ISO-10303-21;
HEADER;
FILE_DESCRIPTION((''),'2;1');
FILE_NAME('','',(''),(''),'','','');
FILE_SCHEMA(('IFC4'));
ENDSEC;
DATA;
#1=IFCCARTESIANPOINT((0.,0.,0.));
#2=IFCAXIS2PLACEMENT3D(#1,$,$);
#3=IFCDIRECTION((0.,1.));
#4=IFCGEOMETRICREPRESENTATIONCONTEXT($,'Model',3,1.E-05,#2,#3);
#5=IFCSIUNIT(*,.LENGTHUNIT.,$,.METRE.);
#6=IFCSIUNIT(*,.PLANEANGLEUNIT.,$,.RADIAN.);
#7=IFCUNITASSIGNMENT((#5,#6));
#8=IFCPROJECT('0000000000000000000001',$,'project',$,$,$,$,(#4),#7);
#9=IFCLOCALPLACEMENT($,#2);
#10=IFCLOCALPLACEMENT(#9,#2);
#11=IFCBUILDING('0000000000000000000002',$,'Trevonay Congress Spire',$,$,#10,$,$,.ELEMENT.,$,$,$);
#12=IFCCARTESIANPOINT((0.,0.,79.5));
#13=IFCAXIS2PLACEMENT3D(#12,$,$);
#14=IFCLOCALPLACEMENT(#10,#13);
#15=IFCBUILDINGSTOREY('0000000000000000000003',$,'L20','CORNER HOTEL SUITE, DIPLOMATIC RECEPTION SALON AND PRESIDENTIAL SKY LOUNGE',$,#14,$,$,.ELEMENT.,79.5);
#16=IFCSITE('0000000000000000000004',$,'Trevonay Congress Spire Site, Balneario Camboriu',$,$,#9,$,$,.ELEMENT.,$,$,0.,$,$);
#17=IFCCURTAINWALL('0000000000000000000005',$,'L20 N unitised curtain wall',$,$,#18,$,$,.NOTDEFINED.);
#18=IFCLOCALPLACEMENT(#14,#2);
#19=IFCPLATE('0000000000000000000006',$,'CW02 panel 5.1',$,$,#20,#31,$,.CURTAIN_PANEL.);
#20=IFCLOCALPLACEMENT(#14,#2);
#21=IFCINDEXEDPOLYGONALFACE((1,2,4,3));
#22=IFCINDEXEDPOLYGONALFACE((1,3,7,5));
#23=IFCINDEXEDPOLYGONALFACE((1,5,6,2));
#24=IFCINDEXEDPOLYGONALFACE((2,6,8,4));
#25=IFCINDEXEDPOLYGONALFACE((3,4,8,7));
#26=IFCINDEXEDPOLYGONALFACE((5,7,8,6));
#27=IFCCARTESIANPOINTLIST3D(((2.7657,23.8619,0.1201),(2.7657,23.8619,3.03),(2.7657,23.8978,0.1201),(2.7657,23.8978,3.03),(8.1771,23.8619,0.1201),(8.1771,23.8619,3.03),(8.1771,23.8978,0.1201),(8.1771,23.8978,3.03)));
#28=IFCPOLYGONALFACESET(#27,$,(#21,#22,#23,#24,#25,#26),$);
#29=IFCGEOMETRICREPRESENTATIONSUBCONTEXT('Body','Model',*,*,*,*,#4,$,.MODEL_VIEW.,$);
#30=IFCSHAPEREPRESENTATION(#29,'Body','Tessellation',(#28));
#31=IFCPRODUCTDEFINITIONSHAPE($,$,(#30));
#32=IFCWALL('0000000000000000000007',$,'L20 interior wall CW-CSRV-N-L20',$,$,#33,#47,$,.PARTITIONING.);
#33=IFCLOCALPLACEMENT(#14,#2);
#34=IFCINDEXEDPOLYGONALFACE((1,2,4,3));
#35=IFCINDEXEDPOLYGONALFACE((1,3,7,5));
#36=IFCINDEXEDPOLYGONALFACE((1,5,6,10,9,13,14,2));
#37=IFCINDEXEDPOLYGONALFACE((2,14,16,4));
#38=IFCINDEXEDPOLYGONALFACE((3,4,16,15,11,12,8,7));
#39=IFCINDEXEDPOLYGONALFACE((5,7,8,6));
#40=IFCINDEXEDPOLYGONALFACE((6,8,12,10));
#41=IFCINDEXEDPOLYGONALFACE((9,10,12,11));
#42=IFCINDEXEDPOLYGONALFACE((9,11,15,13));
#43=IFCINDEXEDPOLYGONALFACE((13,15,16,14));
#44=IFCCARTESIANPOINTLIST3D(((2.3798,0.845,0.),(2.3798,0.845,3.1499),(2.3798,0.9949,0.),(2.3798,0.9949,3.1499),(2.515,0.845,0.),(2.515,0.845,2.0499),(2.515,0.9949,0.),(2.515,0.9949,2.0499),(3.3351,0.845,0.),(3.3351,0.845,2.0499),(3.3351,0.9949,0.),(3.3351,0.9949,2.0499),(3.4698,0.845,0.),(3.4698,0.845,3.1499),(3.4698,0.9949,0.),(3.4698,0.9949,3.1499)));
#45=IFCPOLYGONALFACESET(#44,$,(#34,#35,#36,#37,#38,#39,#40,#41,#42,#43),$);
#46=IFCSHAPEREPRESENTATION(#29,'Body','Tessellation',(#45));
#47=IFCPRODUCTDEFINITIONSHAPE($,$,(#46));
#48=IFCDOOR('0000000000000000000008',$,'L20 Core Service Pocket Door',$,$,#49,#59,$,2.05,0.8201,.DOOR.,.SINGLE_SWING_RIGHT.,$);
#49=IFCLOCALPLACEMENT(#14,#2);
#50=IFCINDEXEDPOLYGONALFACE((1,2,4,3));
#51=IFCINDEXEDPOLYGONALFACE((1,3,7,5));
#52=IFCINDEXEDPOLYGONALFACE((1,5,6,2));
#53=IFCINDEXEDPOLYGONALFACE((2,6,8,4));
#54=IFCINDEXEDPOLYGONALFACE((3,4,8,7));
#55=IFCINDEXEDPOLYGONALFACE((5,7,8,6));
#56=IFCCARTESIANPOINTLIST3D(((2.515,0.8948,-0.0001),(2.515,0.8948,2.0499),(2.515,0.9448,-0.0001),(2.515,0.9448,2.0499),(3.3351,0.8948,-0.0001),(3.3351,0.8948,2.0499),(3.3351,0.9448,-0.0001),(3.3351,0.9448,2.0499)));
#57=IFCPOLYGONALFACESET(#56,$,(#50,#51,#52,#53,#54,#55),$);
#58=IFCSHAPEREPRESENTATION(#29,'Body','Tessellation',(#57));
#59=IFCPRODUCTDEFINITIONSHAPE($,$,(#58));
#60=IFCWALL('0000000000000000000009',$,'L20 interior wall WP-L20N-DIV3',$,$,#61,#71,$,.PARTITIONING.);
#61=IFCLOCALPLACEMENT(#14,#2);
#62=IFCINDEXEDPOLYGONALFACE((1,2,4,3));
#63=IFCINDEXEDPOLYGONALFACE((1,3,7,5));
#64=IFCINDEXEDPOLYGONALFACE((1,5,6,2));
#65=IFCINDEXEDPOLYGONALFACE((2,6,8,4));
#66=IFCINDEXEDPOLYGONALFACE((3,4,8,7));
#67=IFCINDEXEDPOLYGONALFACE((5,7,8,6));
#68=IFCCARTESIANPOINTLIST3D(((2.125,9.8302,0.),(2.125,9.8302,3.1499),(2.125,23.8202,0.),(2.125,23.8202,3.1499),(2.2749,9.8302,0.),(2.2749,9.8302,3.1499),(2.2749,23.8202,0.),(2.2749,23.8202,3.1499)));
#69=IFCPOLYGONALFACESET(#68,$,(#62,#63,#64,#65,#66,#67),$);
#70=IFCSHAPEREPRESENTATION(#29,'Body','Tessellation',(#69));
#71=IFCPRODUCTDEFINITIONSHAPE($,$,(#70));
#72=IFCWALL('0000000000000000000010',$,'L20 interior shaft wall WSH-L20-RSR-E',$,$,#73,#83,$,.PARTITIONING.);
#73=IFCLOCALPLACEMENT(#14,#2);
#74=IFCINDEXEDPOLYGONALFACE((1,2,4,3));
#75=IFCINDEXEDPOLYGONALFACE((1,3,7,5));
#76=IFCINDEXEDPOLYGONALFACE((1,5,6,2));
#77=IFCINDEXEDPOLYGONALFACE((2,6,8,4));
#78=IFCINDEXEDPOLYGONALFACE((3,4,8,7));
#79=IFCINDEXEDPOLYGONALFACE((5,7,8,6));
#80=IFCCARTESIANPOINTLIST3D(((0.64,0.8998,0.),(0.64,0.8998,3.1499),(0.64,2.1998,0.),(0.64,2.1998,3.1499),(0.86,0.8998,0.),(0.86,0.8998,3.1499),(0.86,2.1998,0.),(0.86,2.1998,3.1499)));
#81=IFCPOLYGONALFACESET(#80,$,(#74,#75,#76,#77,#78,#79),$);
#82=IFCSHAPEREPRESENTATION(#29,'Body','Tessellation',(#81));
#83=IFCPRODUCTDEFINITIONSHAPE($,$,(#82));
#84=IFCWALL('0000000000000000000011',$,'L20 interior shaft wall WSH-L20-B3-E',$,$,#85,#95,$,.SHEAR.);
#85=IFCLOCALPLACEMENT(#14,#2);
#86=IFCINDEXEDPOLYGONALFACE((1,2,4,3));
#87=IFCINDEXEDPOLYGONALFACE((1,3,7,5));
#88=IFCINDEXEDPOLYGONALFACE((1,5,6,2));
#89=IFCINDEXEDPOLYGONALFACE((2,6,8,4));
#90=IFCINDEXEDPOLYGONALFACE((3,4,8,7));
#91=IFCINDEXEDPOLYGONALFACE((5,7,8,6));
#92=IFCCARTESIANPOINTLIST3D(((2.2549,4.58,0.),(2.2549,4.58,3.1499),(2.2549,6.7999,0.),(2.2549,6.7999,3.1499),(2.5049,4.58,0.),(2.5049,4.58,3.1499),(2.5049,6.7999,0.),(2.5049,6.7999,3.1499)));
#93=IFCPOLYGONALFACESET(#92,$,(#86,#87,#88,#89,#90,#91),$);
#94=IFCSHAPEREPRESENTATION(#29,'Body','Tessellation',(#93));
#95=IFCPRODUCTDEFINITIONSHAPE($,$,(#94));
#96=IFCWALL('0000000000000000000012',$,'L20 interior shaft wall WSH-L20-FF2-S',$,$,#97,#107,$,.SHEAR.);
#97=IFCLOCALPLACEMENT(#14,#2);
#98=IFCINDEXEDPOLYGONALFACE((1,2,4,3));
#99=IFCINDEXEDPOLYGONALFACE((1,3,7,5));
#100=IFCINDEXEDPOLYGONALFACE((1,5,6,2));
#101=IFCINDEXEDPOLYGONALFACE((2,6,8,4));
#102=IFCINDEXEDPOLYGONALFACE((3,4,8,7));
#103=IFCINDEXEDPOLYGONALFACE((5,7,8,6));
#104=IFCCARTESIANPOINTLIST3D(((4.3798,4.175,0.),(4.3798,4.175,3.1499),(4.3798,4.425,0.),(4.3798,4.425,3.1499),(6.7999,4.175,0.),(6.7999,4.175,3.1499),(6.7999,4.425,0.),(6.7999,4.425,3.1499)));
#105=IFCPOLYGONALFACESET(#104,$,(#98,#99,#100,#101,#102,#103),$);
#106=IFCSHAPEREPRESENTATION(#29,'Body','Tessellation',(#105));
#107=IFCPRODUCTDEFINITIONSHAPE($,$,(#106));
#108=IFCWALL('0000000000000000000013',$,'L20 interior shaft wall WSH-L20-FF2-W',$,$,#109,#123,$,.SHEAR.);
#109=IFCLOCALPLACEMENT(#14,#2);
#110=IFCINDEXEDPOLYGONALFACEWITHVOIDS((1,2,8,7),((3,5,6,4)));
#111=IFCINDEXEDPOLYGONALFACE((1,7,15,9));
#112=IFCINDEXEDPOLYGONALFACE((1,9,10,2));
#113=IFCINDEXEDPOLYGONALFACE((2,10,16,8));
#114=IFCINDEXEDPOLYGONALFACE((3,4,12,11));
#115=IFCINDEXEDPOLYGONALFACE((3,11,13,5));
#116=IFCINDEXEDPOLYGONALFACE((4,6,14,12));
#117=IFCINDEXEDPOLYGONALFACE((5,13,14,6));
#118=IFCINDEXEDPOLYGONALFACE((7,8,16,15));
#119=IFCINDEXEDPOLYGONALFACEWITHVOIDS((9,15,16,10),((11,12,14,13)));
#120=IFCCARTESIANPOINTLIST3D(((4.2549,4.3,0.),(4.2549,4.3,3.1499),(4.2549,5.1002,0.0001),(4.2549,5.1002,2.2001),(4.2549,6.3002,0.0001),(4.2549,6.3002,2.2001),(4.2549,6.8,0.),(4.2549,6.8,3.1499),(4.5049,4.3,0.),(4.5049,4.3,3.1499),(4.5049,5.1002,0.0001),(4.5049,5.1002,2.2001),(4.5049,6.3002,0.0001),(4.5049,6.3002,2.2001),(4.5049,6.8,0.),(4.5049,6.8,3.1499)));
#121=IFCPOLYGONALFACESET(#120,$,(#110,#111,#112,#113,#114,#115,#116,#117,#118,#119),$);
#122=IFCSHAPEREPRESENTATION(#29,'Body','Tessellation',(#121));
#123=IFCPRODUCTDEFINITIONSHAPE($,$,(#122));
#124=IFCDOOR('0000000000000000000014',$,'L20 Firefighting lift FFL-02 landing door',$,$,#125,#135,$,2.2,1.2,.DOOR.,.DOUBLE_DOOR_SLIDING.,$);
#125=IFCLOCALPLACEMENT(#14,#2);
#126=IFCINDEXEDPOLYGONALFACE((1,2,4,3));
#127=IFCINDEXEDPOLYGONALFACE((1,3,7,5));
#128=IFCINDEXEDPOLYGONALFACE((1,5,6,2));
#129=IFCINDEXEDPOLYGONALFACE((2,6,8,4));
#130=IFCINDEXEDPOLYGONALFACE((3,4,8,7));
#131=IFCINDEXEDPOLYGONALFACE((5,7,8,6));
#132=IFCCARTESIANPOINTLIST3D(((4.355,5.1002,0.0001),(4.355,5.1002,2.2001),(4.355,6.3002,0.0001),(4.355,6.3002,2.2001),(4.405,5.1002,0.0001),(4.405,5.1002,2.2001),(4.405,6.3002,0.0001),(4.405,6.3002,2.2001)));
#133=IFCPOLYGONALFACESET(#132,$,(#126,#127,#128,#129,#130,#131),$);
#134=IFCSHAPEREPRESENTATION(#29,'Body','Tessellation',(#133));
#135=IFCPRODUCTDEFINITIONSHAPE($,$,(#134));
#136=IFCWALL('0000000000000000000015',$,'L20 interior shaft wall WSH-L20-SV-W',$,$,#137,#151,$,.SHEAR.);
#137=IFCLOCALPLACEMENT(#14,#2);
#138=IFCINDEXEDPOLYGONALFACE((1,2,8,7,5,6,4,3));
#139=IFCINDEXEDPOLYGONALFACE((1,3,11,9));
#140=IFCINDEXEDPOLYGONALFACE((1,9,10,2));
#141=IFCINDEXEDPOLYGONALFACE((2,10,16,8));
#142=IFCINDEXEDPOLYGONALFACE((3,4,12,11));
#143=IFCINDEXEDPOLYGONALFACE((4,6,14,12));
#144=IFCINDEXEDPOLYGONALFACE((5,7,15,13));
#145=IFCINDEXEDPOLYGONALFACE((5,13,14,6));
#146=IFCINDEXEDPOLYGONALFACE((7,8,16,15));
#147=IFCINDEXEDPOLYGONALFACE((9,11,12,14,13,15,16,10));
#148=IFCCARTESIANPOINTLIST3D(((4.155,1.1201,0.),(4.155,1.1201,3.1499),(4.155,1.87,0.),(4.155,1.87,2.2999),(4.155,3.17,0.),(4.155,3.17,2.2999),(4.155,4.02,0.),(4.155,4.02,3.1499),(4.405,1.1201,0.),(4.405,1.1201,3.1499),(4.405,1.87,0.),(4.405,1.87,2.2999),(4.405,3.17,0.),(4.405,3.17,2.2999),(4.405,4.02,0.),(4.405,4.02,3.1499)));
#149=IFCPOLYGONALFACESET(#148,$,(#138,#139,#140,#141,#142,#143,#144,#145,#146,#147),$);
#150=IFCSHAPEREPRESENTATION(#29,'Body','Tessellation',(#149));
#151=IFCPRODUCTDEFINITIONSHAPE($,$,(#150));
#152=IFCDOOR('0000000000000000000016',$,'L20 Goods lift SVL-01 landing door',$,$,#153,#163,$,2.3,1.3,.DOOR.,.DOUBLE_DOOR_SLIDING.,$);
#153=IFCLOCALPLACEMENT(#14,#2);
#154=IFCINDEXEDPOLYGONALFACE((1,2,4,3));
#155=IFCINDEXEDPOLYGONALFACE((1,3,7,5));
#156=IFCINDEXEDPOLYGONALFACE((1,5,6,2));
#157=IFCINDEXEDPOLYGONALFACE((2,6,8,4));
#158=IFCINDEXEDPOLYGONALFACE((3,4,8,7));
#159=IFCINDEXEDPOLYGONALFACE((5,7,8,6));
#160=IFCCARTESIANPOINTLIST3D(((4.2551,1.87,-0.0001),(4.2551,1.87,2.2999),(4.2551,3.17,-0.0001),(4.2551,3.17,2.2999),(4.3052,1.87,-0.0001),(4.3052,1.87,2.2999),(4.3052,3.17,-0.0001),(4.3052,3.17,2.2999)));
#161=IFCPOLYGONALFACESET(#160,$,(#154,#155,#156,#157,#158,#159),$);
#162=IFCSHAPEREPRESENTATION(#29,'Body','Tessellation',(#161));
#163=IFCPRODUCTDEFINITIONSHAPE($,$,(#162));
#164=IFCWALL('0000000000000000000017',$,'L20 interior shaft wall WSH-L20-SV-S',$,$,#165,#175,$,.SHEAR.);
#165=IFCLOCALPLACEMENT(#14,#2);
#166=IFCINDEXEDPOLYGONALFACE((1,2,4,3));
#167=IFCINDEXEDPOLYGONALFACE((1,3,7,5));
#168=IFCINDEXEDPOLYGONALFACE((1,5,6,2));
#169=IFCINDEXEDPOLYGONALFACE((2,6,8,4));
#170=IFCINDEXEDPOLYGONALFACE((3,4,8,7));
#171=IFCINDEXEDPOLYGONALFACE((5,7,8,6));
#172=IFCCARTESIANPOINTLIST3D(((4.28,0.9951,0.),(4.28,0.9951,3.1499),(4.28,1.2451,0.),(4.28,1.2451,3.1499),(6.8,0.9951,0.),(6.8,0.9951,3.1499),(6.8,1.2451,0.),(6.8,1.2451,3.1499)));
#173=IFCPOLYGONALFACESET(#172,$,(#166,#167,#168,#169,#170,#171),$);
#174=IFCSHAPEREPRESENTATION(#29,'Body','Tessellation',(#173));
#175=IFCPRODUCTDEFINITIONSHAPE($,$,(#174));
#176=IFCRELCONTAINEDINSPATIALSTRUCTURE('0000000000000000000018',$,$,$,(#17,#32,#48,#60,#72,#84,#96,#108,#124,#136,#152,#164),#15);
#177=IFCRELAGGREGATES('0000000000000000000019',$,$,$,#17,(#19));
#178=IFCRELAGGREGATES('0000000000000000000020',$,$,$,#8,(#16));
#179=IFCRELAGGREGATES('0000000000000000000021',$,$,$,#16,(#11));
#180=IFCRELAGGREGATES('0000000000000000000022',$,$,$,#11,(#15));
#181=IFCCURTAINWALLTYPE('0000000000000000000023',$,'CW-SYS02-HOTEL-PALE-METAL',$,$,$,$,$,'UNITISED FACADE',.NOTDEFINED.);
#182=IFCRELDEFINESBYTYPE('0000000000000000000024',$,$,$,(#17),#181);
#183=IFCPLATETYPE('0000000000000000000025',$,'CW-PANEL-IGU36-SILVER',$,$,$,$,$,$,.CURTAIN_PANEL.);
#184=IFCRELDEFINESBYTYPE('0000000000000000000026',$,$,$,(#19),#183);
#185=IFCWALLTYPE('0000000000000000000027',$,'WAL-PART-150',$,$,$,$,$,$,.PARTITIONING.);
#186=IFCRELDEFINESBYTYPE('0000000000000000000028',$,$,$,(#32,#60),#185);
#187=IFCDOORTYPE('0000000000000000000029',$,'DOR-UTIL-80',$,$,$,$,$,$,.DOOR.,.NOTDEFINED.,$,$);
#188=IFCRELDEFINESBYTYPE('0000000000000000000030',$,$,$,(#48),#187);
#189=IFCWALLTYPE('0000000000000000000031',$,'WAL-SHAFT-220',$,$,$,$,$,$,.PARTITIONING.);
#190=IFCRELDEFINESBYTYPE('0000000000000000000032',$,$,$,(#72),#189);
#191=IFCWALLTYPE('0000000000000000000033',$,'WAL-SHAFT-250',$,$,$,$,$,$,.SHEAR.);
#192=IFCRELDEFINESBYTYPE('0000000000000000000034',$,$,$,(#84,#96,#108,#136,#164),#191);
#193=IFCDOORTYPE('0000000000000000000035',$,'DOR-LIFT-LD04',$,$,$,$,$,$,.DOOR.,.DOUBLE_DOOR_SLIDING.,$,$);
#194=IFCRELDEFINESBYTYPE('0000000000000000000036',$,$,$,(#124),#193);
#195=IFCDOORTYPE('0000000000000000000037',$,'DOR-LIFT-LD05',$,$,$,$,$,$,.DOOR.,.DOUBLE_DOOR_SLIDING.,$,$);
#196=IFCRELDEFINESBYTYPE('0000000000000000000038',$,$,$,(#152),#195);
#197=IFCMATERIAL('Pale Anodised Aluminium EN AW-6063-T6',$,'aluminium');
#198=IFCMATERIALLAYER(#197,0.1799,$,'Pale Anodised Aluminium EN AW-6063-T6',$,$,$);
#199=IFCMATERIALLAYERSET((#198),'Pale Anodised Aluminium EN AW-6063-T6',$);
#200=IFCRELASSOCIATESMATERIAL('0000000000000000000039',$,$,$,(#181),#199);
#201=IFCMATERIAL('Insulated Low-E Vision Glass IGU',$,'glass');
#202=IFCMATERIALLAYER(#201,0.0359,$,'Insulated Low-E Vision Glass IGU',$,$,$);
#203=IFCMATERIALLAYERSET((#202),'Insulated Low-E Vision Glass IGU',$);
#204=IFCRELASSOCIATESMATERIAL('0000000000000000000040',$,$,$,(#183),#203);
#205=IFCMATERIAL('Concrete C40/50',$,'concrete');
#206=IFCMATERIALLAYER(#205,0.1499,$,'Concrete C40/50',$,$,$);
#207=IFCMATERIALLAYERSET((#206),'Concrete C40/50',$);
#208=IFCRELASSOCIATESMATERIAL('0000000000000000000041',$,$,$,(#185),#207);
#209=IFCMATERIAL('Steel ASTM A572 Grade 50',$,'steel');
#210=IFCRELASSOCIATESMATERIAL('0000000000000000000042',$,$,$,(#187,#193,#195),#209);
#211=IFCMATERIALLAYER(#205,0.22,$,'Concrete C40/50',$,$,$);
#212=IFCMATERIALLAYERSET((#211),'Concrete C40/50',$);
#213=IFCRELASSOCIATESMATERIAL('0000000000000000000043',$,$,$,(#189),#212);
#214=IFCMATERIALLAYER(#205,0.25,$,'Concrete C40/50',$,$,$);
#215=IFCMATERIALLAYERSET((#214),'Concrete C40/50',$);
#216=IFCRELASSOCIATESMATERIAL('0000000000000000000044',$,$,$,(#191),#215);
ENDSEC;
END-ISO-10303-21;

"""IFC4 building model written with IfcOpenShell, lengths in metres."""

from ifc_helpers import new_model, si_unit, direction, frame, frame_2d, origin, origin_2d, place, context, subcontext, project, spatial, rectangle, extrude, material, layer, layer_set, type_object, element, fill, aggregate, save


model = new_model("IFC4")

# Units and contexts
model_context = context("Model", 3, precision=1e-05, world=origin(), true_north=direction((0.0, 1.0)))
body_context = subcontext(model_context, "Body", "Model", "MODEL_VIEW")
ifc_project = project(units=[si_unit("LENGTHUNIT", "METRE"), si_unit("PLANEANGLEUNIT", "RADIAN")], contexts=[model_context])

# Site, building, storey
site_placement = place(None, origin())
site = spatial("IfcSite", under=ifc_project, at=site_placement, Name="Trevonay Congress Spire Site, Balneario Camboriu", CompositionType="ELEMENT", RefElevation=0.0)
building_placement = place(site_placement, origin())
building = spatial("IfcBuilding", under=site, at=building_placement, Name="Trevonay Congress Spire", CompositionType="ELEMENT")
storey_placement = place(building_placement, frame((0.0, 0.0, 79.5)))
storey = spatial("IfcBuildingStorey", under=building, at=storey_placement, Name="L20", Description="CORNER HOTEL SUITE, DIPLOMATIC RECEPTION SALON AND PRESIDENTIAL SKY LOUNGE", CompositionType="ELEMENT", Elevation=79.5)

# Shared definitions
ifc_material_1 = material(Name="Steel ASTM A572 Grade 50", Category="steel")

# Curtain wall, plate
ifc_material_2 = material(Name="Pale Anodised Aluminium EN AW-6063-T6", Category="aluminium")
ifc_layer_1 = layer(ifc_material_2, 0.1799, Name="Pale Anodised Aluminium EN AW-6063-T6")
ifc_layer_set_1 = layer_set([ifc_layer_1], Name="Pale Anodised Aluminium EN AW-6063-T6")
curtain_wall_type = type_object("IfcCurtainWallType", Name="CW-SYS02-HOTEL-PALE-METAL", ElementType="UNITISED FACADE", PredefinedType="NOTDEFINED", material=ifc_layer_set_1)
curtain_wall_placement = place(storey_placement, origin())
curtain_wall = element("IfcCurtainWall", 1, at=curtain_wall_placement, inside=storey, type_object=curtain_wall_type, Name="L20 N unitised curtain wall", PredefinedType="NOTDEFINED")
ifc_material_3 = material(Name="Insulated Low-E Vision Glass IGU", Category="glass")
ifc_layer_2 = layer(ifc_material_3, 0.0359, Name="Insulated Low-E Vision Glass IGU")
ifc_layer_set_2 = layer_set([ifc_layer_2], Name="Insulated Low-E Vision Glass IGU")
plate_type = type_object("IfcPlateType", Name="CW-PANEL-IGU36-SILVER", PredefinedType="CURTAIN_PANEL", material=ifc_layer_set_2)
plate_placement = place(storey_placement, frame((5.4714, 23.8799, 0.1201), z_axis=(0.0, 0.0, 1.0), x_axis=(1.0, 0.0, 0.0)))
plate = element("IfcPlate", 2, at=plate_placement, type_object=plate_type, Name="CW02 panel 5.1", PredefinedType="CURTAIN_PANEL", context=body_context, shape_type="SweptSolid", body=[
    extrude(rectangle(XDim=5.4114, YDim=0.0359, at=origin_2d()), origin(), (0.0, 0.0, 1.0), 2.9099),
])
aggregate(curtain_wall, [plate])

# Wall, opening, door
ifc_material_4 = material(Name="Concrete C40/50", Category="concrete")
ifc_layer_3 = layer(ifc_material_4, 0.1499, Name="Concrete C40/50")
ifc_layer_set_3 = layer_set([ifc_layer_3], Name="Concrete C40/50")
wall_type_1 = type_object("IfcWallType", Name="WAL-PART-150", PredefinedType="PARTITIONING", material=ifc_layer_set_3)
wall_1_placement = place(storey_placement, frame((2.3799, 0.9199, 0.0), z_axis=(0.0, 0.0, 1.0), x_axis=(1.0, 0.0, 0.0)))
wall_1 = element("IfcWall", 3, at=wall_1_placement, inside=storey, type_object=wall_type_1, Name="L20 interior wall CW-CSRV-N-L20", PredefinedType="PARTITIONING", context=body_context, shape_type="SweptSolid", body=[
    extrude(rectangle(XDim=1.0901, YDim=0.1499, at=frame_2d((0.5449, 0.0))), origin(), (0.0, 0.0, 1.0), 3.1499),
])
opening_1_placement = place(wall_1_placement, frame((0.135, 0.0, 0.0)))
opening_1 = element("IfcOpeningElement", 4, at=opening_1_placement, cuts=wall_1, PredefinedType="OPENING", context=body_context, shape_type="SweptSolid", body=[
    extrude(rectangle(XDim=0.8201, YDim=2.05, at=frame_2d((0.4102, 1.0249))), frame((0.0, 0.085, 0.0), z_axis=(0.0, -1.0, 0.0), x_axis=(1.0, 0.0, 0.0)), (0.0, 0.0, 1.0), 0.1699),
])
door_type_1 = type_object("IfcDoorType", Name="DOR-UTIL-80", OperationType="NOTDEFINED", PredefinedType="DOOR", material=ifc_material_1)
door_1_placement = place(opening_1_placement, origin())
door_1 = element("IfcDoor", 5, at=door_1_placement, inside=storey, type_object=door_type_1, Name="L20 Core Service Pocket Door", OperationType="SINGLE_SWING_RIGHT", OverallHeight=2.05, OverallWidth=0.8201, PredefinedType="DOOR", context=body_context, shape_type="SweptSolid", body=[
    extrude(rectangle(XDim=0.8201, YDim=2.05, at=frame_2d((0.4102, 1.0249))), frame((0.0, 0.0249, 0.0), z_axis=(0.0, -1.0, 0.0), x_axis=(1.0, 0.0, 0.0)), (0.0, 0.0, 1.0), 0.05),
])
fill(opening_1, door_1)

# Walls
wall_2_placement = place(storey_placement, frame((2.2, 9.8301, 0.0), z_axis=(0.0, 0.0, 1.0), x_axis=(0.0, 1.0, 0.0)))
element("IfcWall", 6, at=wall_2_placement, inside=storey, type_object=wall_type_1, Name="L20 interior wall WP-L20N-DIV3", PredefinedType="PARTITIONING", context=body_context, shape_type="SweptSolid", body=[
    extrude(rectangle(XDim=13.99, YDim=0.1499, at=frame_2d((6.9951, 0.0))), origin(), (0.0, 0.0, 1.0), 3.1499),
])
ifc_layer_4 = layer(ifc_material_4, 0.22, Name="Concrete C40/50")
ifc_layer_set_4 = layer_set([ifc_layer_4], Name="Concrete C40/50")
wall_type_2 = type_object("IfcWallType", Name="WAL-SHAFT-220", PredefinedType="PARTITIONING", material=ifc_layer_set_4)
wall_3_placement = place(storey_placement, frame((0.75, 0.8999, 0.0), z_axis=(0.0, 0.0, 1.0), x_axis=(0.0, 1.0, 0.0)))
element("IfcWall", 7, at=wall_3_placement, inside=storey, type_object=wall_type_2, Name="L20 interior shaft wall WSH-L20-RSR-E", PredefinedType="PARTITIONING", context=body_context, shape_type="SweptSolid", body=[
    extrude(rectangle(XDim=1.3, YDim=0.22, at=frame_2d((0.6499, 0.0))), origin(), (0.0, 0.0, 1.0), 3.1499),
])
ifc_layer_5 = layer(ifc_material_4, 0.25, Name="Concrete C40/50")
ifc_layer_set_5 = layer_set([ifc_layer_5], Name="Concrete C40/50")
wall_type_3 = type_object("IfcWallType", Name="WAL-SHAFT-250", PredefinedType="SHEAR", material=ifc_layer_set_5)
wall_4_placement = place(storey_placement, frame((2.3799, 4.5801, 0.0), z_axis=(0.0, 0.0, 1.0), x_axis=(0.0, 1.0, 0.0)))
element("IfcWall", 8, at=wall_4_placement, inside=storey, type_object=wall_type_3, Name="L20 interior shaft wall WSH-L20-B3-E", PredefinedType="SHEAR", context=body_context, shape_type="SweptSolid", body=[
    extrude(rectangle(XDim=2.22, YDim=0.25, at=frame_2d((1.1099, 0.0))), origin(), (0.0, 0.0, 1.0), 3.1499),
])
wall_5_placement = place(storey_placement, frame((4.3799, 4.3, 0.0), z_axis=(0.0, 0.0, 1.0), x_axis=(1.0, 0.0, 0.0)))
element("IfcWall", 9, at=wall_5_placement, inside=storey, type_object=wall_type_3, Name="L20 interior shaft wall WSH-L20-FF2-S", PredefinedType="SHEAR", context=body_context, shape_type="SweptSolid", body=[
    extrude(rectangle(XDim=2.4202, YDim=0.25, at=frame_2d((1.21, 0.0))), origin(), (0.0, 0.0, 1.0), 3.1499),
])

# Walls, openings, doors
wall_6_placement = place(storey_placement, frame((4.3799, 4.3, 0.0), z_axis=(0.0, 0.0, 1.0), x_axis=(0.0, 1.0, 0.0)))
wall_6 = element("IfcWall", 10, at=wall_6_placement, inside=storey, type_object=wall_type_3, Name="L20 interior shaft wall WSH-L20-FF2-W", PredefinedType="SHEAR", context=body_context, shape_type="SweptSolid", body=[
    extrude(rectangle(XDim=2.5, YDim=0.25, at=frame_2d((1.25, 0.0))), origin(), (0.0, 0.0, 1.0), 3.1499),
])
opening_2_placement = place(wall_6_placement, frame((0.8, 0.0, 0.0)))
opening_2 = element("IfcOpeningElement", 11, at=opening_2_placement, cuts=wall_6, PredefinedType="OPENING", context=body_context, shape_type="SweptSolid", body=[
    extrude(rectangle(XDim=1.2, YDim=2.2, at=frame_2d((0.6001, 1.1001))), frame((0.0, 0.135, 0.0), z_axis=(0.0, -1.0, 0.0), x_axis=(1.0, 0.0, 0.0)), (0.0, 0.0, 1.0), 0.27),
])
door_type_2 = type_object("IfcDoorType", Name="DOR-LIFT-LD04", OperationType="DOUBLE_DOOR_SLIDING", PredefinedType="DOOR", material=ifc_material_1)
door_2_placement = place(opening_2_placement, origin())
door_2 = element("IfcDoor", 12, at=door_2_placement, inside=storey, type_object=door_type_2, Name="L20 Firefighting lift FFL-02 landing door", OperationType="DOUBLE_DOOR_SLIDING", OverallHeight=2.2, OverallWidth=1.2, PredefinedType="DOOR", context=body_context, shape_type="SweptSolid", body=[
    extrude(rectangle(XDim=1.2, YDim=2.2, at=frame_2d((0.6001, 1.1001))), frame((0.0, 0.0249, 0.0), z_axis=(0.0, -1.0, 0.0), x_axis=(1.0, 0.0, 0.0)), (0.0, 0.0, 1.0), 0.05),
])
fill(opening_2, door_2)
wall_7_placement = place(storey_placement, frame((4.28, 1.1201, 0.0), z_axis=(0.0, 0.0, 1.0), x_axis=(0.0, 1.0, 0.0)))
wall_7 = element("IfcWall", 13, at=wall_7_placement, inside=storey, type_object=wall_type_3, Name="L20 interior shaft wall WSH-L20-SV-W", PredefinedType="SHEAR", context=body_context, shape_type="SweptSolid", body=[
    extrude(rectangle(XDim=2.8999, YDim=0.25, at=frame_2d((1.45, 0.0))), origin(), (0.0, 0.0, 1.0), 3.1499),
])
opening_3_placement = place(wall_7_placement, frame((0.75, 0.0, 0.0)))
opening_3 = element("IfcOpeningElement", 14, at=opening_3_placement, cuts=wall_7, PredefinedType="OPENING", context=body_context, shape_type="SweptSolid", body=[
    extrude(rectangle(XDim=1.3, YDim=2.3, at=frame_2d((0.6499, 1.1499))), frame((0.0, 0.135, 0.0), z_axis=(0.0, -1.0, 0.0), x_axis=(1.0, 0.0, 0.0)), (0.0, 0.0, 1.0), 0.27),
])
door_type_3 = type_object("IfcDoorType", Name="DOR-LIFT-LD05", OperationType="DOUBLE_DOOR_SLIDING", PredefinedType="DOOR", material=ifc_material_1)
door_3_placement = place(opening_3_placement, origin())
door_3 = element("IfcDoor", 15, at=door_3_placement, inside=storey, type_object=door_type_3, Name="L20 Goods lift SVL-01 landing door", OperationType="DOUBLE_DOOR_SLIDING", OverallHeight=2.3, OverallWidth=1.3, PredefinedType="DOOR", context=body_context, shape_type="SweptSolid", body=[
    extrude(rectangle(XDim=1.3, YDim=2.3, at=frame_2d((0.6499, 1.1499))), frame((0.0, 0.0249, 0.0), z_axis=(0.0, -1.0, 0.0), x_axis=(1.0, 0.0, 0.0)), (0.0, 0.0, 1.0), 0.05),
])
fill(opening_3, door_3)

# Wall
for number, where, z_axis, x_axis, name in (
    (16, (4.28, 1.1201, 0.0), (0.0, 0.0, 1.0), (1.0, 0.0, 0.0), "L20 interior shaft wall WSH-L20-SV-S"),
):
    element("IfcWall", number, at=place(storey_placement, frame(where, z_axis=z_axis, x_axis=x_axis)), inside=storey, type_object=wall_type_3, Name=name, PredefinedType="SHEAR", context=body_context, shape_type="SweptSolid", body=[
        extrude(rectangle(XDim=2.52, YDim=0.25, at=frame_2d((1.26, 0.0))), origin(), (0.0, 0.0, 1.0), 3.1499),
    ])

save(model, "model.ifc")
